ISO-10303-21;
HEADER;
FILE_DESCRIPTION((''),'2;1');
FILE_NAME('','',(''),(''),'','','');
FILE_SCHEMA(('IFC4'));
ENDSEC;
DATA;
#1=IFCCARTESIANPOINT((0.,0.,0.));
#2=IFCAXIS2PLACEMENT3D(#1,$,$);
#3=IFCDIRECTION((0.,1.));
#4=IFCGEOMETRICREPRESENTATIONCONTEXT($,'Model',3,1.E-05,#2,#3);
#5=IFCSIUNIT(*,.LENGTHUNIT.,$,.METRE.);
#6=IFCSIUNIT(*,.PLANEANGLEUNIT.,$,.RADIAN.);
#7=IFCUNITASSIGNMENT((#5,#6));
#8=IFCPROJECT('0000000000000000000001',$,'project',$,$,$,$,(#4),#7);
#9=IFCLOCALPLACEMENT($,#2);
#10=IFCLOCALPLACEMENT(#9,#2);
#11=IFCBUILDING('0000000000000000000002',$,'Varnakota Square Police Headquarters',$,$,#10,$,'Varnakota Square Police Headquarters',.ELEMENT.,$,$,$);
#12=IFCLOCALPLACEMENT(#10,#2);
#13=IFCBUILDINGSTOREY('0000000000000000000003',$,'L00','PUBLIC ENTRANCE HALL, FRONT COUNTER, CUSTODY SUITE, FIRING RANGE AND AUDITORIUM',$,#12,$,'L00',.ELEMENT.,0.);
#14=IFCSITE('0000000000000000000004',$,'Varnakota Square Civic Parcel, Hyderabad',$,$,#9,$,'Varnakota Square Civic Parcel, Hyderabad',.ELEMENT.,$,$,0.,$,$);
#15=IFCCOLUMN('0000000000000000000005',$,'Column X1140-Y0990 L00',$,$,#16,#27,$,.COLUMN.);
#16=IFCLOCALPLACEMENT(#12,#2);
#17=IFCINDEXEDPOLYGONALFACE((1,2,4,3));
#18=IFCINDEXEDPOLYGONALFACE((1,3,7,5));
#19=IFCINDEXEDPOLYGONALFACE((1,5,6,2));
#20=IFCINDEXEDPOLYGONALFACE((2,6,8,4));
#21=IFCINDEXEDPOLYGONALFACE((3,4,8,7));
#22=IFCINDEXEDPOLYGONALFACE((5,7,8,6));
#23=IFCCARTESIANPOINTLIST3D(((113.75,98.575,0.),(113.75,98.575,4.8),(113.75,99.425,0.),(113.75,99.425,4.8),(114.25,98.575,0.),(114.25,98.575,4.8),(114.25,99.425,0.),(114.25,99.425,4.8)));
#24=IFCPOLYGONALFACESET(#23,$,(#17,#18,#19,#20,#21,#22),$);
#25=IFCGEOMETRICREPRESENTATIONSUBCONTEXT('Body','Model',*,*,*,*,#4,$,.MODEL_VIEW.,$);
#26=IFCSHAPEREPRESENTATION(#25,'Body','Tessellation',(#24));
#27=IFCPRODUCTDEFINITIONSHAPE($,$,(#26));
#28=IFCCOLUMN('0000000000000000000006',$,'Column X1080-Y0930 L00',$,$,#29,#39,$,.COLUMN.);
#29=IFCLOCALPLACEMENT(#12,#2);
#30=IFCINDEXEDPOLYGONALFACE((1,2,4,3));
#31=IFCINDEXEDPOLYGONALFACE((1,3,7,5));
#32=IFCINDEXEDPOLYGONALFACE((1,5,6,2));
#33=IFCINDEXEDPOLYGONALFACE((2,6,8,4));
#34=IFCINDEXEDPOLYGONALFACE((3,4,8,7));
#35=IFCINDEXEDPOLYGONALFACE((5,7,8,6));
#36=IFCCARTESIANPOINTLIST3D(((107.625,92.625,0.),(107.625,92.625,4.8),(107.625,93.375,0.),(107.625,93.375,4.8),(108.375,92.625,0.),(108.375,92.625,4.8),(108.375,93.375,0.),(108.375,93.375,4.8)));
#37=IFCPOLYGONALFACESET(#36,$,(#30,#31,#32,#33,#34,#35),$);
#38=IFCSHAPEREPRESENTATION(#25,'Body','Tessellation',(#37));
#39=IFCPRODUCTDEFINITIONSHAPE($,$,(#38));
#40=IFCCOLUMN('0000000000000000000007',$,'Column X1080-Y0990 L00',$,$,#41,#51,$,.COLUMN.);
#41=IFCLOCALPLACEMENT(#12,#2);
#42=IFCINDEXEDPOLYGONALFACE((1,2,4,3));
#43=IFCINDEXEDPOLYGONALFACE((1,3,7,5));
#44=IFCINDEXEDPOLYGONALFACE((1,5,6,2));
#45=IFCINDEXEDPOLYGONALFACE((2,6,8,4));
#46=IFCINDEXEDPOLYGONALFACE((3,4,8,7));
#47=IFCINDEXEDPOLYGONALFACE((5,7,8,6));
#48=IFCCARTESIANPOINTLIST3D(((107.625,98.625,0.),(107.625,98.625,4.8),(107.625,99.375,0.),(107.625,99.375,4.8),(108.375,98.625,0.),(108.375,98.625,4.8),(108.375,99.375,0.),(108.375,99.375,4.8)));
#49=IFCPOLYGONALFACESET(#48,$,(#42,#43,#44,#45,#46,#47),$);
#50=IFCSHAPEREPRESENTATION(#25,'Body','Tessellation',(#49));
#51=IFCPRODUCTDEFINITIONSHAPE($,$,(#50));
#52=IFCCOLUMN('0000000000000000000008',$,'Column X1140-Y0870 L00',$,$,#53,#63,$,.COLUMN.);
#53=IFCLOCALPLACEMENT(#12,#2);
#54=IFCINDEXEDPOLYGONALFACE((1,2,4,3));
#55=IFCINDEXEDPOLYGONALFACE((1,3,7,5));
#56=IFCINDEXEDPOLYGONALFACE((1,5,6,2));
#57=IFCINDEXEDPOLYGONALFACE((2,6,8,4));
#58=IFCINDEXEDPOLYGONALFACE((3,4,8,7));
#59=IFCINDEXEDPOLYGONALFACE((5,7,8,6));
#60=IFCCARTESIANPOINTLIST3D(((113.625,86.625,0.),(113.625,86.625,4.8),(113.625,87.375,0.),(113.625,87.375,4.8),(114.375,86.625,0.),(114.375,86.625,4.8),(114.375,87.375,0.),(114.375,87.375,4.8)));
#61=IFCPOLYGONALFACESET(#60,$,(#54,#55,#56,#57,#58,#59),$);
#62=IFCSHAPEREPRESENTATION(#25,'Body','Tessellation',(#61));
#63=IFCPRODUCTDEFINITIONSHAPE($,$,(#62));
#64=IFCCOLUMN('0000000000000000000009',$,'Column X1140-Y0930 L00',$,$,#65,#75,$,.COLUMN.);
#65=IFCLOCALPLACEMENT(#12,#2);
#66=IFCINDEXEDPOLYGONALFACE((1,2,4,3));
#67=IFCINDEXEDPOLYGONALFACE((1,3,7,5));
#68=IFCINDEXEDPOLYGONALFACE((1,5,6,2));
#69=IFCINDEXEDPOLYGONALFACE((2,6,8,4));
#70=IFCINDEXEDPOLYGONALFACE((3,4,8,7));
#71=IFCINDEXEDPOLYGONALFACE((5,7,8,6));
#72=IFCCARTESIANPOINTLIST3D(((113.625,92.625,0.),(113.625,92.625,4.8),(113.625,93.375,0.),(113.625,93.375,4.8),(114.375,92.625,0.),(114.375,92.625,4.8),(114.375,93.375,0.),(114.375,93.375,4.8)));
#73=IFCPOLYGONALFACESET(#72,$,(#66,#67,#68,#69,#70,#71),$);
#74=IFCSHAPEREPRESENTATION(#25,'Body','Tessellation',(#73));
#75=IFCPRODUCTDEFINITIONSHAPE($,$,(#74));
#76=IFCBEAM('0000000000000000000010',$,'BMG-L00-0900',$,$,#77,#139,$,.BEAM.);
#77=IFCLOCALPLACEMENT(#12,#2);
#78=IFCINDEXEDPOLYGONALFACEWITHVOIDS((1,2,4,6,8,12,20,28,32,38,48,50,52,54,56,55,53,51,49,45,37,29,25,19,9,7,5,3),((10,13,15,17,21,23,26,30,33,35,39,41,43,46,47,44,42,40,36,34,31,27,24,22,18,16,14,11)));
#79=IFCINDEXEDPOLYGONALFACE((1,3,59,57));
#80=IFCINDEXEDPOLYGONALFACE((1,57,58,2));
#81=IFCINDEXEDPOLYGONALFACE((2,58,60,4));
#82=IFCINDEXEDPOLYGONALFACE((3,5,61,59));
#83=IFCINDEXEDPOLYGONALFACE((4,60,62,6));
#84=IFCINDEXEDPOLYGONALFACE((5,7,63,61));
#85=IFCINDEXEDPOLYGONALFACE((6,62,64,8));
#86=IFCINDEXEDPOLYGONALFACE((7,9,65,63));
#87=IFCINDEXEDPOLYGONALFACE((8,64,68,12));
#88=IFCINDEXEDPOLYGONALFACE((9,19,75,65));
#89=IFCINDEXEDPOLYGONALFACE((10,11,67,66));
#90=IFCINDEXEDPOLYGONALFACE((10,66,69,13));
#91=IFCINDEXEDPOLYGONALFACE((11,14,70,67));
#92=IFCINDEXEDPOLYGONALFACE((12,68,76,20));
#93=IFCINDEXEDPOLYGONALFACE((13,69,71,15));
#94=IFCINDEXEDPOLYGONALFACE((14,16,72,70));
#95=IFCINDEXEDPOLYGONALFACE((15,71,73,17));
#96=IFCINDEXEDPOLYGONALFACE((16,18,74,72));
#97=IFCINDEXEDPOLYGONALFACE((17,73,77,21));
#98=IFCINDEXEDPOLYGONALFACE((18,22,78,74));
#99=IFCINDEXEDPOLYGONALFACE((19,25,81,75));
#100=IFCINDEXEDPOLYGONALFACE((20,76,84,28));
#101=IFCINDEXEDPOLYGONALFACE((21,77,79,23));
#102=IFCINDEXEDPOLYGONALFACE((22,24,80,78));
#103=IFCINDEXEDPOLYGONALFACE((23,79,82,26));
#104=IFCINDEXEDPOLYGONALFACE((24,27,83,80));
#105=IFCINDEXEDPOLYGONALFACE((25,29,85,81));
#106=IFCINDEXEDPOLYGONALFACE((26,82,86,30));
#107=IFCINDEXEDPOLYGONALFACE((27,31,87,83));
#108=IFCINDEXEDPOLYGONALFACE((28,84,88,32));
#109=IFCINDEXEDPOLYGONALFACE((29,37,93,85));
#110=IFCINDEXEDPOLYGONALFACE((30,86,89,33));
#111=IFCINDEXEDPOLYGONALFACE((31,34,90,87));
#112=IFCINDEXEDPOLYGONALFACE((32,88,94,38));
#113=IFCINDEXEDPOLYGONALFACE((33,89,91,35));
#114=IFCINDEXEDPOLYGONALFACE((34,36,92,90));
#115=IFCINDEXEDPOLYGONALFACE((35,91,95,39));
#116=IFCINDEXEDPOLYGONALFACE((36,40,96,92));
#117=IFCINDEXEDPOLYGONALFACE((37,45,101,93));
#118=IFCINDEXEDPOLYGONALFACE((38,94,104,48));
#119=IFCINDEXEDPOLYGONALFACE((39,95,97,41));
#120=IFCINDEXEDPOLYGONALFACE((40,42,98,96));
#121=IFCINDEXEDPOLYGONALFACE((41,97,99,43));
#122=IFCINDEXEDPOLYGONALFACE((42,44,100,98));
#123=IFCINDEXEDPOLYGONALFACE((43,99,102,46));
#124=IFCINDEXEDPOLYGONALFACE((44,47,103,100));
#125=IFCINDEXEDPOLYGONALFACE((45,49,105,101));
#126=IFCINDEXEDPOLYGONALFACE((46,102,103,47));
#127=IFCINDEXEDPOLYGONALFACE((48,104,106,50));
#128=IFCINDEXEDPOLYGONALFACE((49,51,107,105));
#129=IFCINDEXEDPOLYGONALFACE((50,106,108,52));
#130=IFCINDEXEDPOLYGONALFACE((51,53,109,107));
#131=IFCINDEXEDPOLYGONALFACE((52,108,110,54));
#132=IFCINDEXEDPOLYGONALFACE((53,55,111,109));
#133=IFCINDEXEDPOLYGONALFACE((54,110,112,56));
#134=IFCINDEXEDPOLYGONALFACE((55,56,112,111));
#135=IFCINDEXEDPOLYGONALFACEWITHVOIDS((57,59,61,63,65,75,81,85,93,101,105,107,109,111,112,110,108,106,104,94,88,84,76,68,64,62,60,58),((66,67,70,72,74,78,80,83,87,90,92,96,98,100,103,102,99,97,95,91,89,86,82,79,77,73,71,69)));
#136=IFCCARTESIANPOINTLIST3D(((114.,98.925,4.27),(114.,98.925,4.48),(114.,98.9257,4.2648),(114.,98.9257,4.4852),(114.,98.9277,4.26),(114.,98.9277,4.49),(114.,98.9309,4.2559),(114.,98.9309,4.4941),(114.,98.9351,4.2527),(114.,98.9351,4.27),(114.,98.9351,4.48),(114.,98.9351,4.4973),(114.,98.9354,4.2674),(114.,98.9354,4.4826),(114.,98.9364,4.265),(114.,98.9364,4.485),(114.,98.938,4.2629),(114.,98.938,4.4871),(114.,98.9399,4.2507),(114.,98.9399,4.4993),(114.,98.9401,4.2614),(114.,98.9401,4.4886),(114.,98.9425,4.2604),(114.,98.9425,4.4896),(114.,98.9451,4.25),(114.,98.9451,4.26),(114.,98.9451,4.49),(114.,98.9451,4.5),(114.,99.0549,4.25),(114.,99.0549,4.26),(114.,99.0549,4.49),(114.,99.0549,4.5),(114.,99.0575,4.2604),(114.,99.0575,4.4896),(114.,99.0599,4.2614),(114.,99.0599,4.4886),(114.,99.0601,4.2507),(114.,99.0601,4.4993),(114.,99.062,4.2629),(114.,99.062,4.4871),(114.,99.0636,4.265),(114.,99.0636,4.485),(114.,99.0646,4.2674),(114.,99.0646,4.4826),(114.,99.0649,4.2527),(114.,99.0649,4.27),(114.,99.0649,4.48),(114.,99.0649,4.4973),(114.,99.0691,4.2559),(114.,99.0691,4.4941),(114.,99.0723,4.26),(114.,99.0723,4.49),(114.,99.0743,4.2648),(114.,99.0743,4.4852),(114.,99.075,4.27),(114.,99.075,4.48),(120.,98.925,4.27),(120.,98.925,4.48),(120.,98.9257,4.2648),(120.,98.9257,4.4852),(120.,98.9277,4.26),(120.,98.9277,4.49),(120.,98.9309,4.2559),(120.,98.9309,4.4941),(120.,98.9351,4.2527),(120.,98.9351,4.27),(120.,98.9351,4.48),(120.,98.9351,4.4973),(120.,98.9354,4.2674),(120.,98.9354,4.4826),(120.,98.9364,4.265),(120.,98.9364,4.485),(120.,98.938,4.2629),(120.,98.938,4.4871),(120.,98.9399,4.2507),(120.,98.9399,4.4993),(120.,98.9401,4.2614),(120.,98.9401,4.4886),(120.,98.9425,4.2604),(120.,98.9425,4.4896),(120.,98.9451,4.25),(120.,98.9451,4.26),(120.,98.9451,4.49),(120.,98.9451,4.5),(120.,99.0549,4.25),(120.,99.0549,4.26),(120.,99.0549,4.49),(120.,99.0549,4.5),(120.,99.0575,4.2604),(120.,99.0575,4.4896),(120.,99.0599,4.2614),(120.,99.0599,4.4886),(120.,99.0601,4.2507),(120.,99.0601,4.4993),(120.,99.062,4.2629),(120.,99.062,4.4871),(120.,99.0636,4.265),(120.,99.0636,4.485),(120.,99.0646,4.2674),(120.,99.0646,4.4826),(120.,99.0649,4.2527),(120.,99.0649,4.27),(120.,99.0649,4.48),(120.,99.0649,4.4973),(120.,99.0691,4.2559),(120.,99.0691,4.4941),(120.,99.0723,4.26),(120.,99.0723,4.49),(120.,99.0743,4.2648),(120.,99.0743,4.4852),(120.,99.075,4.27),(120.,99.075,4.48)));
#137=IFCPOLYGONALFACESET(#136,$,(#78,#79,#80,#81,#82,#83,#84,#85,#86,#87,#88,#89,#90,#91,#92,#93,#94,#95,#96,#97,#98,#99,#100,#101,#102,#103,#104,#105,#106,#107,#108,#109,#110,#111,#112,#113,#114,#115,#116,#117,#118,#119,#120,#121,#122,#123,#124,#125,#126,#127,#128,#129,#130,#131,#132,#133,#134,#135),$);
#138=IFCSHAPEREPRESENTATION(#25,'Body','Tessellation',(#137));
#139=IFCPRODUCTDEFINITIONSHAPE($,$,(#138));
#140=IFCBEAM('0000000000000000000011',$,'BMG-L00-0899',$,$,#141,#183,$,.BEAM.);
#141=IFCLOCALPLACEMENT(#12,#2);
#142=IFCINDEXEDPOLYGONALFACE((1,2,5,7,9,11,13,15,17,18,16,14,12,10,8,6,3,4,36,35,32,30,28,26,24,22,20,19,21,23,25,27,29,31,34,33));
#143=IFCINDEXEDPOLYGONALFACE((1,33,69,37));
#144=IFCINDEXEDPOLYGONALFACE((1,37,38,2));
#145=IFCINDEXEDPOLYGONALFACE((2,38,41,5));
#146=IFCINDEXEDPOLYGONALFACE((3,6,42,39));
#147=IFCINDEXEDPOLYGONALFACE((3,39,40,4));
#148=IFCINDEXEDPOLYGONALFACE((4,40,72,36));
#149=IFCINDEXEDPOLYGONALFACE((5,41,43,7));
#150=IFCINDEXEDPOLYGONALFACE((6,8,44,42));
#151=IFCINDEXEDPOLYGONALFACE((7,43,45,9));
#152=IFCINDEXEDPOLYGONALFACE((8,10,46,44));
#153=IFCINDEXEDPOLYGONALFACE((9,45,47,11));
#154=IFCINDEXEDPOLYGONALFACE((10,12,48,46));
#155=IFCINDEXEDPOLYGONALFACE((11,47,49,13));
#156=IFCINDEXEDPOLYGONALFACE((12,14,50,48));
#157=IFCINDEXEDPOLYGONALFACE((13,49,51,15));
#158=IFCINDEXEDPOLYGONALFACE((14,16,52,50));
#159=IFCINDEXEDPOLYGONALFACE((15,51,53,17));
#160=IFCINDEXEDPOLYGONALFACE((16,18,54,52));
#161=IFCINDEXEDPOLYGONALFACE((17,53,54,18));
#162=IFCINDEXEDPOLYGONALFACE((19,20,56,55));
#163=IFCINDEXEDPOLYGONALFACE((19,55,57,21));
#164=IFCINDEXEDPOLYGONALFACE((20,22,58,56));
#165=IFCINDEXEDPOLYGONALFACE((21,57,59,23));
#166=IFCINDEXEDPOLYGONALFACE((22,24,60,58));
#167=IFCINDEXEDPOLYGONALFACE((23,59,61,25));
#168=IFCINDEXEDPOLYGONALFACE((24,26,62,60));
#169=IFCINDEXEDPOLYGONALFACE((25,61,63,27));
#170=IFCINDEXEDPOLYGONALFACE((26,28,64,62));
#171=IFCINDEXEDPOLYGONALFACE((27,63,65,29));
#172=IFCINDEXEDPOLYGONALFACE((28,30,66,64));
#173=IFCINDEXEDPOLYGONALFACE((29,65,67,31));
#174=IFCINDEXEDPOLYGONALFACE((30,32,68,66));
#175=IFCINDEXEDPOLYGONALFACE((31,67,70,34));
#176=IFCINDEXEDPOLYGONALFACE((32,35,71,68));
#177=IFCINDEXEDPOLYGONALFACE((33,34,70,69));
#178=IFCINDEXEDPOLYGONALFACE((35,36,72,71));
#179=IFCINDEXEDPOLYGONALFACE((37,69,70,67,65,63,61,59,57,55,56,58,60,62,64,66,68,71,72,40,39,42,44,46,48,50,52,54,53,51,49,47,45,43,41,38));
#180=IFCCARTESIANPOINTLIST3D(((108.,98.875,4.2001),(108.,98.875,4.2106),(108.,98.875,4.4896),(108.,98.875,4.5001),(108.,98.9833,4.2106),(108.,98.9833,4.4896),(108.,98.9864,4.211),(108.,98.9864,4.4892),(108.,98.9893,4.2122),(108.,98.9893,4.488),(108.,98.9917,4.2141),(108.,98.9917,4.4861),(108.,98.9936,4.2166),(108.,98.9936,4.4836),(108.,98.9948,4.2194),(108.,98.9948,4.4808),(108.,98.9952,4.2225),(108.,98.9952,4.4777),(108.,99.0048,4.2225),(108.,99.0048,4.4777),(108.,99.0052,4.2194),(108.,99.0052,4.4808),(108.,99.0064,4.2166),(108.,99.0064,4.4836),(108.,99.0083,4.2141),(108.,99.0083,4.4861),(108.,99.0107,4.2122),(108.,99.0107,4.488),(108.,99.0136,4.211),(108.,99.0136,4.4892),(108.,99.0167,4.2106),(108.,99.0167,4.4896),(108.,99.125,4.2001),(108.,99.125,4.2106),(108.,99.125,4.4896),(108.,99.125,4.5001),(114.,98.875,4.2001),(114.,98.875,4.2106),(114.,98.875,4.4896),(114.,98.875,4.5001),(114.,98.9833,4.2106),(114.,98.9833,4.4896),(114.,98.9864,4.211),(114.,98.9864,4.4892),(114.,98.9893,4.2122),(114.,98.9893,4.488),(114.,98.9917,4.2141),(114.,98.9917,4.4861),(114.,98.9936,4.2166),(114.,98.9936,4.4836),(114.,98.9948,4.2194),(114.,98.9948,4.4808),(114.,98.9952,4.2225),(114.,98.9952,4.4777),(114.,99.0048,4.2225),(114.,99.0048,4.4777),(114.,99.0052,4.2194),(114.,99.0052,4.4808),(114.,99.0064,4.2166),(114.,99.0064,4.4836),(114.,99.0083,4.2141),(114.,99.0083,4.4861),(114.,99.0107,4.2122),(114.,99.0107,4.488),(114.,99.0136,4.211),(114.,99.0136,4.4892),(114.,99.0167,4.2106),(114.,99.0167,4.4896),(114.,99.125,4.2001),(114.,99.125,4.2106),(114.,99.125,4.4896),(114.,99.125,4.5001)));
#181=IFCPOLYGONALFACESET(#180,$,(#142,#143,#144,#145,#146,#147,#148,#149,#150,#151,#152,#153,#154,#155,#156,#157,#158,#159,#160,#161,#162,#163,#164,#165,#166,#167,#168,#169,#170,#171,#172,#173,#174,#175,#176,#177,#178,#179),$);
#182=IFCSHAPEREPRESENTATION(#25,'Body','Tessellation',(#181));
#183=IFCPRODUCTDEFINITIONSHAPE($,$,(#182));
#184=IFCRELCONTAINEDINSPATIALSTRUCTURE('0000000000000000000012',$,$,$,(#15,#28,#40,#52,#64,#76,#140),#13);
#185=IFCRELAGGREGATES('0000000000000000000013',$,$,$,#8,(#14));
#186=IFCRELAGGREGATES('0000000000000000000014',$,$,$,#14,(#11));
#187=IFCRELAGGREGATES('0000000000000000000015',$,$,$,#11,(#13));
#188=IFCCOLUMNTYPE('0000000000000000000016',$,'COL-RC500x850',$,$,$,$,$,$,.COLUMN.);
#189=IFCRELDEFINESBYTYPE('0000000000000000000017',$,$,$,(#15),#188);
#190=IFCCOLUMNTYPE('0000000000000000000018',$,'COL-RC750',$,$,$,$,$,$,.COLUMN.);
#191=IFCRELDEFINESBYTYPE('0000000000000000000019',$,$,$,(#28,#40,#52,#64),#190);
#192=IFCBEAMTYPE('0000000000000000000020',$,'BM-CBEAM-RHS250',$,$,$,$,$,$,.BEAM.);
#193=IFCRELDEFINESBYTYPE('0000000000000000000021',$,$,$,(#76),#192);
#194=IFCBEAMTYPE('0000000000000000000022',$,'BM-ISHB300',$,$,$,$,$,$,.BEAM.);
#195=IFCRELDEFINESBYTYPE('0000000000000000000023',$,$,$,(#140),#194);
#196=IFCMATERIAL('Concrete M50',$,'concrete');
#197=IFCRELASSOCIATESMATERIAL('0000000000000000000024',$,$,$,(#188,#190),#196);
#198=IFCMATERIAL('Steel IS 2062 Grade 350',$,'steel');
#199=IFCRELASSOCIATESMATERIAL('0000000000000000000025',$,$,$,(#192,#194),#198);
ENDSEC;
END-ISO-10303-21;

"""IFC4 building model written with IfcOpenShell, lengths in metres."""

from ifc_helpers import new_model, si_unit, direction, frame, origin, origin_2d, place, context, subcontext, project, spatial, rectangle, hollow_rectangle, i_section, extrude, material, material_profile, profile_set, type_object, element, save


model = new_model("IFC4")

# Units and contexts
model_context = context("Model", 3, precision=1e-05, world=origin(), true_north=direction((0.0, 1.0)))
body_context = subcontext(model_context, "Body", "Model", "MODEL_VIEW")
ifc_project = project(units=[si_unit("LENGTHUNIT", "METRE"), si_unit("PLANEANGLEUNIT", "RADIAN")], contexts=[model_context])

# Site, building, storey
site_placement = place(None, origin())
site = spatial("IfcSite", under=ifc_project, at=site_placement, Name="Varnakota Square Civic Parcel, Hyderabad", LongName="Varnakota Square Civic Parcel, Hyderabad", CompositionType="ELEMENT", RefElevation=0.0)
building_placement = place(site_placement, origin())
building = spatial("IfcBuilding", under=site, at=building_placement, Name="Varnakota Square Police Headquarters", LongName="Varnakota Square Police Headquarters", CompositionType="ELEMENT")
storey_placement = place(building_placement, origin())
storey = spatial("IfcBuildingStorey", under=building, at=storey_placement, Name="L00", Description="PUBLIC ENTRANCE HALL, FRONT COUNTER, CUSTODY SUITE, FIRING RANGE AND AUDITORIUM", LongName="L00", CompositionType="ELEMENT", Elevation=0.0)

# Columns
ifc_material_1 = material(Name="Concrete M50", Category="concrete")
ifc_material_profile_1 = material_profile(ifc_material_1, rectangle(XDim=0.5, YDim=0.8501, at=origin_2d()), Name="RC 500x850")
ifc_profile_set_1 = profile_set([ifc_material_profile_1], Name="Concrete M50")
column_type_1 = type_object("IfcColumnType", Name="COL-RC500x850", PredefinedType="COLUMN", material=ifc_profile_set_1)
column_placement = place(storey_placement, frame((114.0, 99.0, 0.0), z_axis=(0.0, 0.0, 1.0), x_axis=(1.0, 0.0, 0.0)))
element("IfcColumn", 1, at=column_placement, inside=storey, type_object=column_type_1, Name="Column X1140-Y0990 L00", PredefinedType="COLUMN", context=body_context, shape_type="SweptSolid", body=[
    extrude(rectangle(XDim=0.5, YDim=0.8501, at=origin_2d()), origin(), (0.0, 0.0, 1.0), 4.8),
])
ifc_material_profile_2 = material_profile(ifc_material_1, rectangle(XDim=0.75, YDim=0.75, at=origin_2d()), Name="RC 750x750")
ifc_profile_set_2 = profile_set([ifc_material_profile_2], Name="Concrete M50")
column_type_2 = type_object("IfcColumnType", Name="COL-RC750", PredefinedType="COLUMN", material=ifc_profile_set_2)
for number, where, z_axis, x_axis, name in (
    (2, (108.0, 93.0, 0.0), (0.0, 0.0, 1.0), (1.0, 0.0, 0.0), "Column X1080-Y0930 L00"),
    (3, (108.0, 99.0, 0.0), (0.0, 0.0, 1.0), (1.0, 0.0, 0.0), "Column X1080-Y0990 L00"),
    (4, (114.0, 87.0, 0.0), (0.0, 0.0, 1.0), (1.0, 0.0, 0.0), "Column X1140-Y0870 L00"),
    (5, (114.0, 93.0, 0.0), (0.0, 0.0, 1.0), (1.0, 0.0, 0.0), "Column X1140-Y0930 L00"),
):
    element("IfcColumn", number, at=place(storey_placement, frame(where, z_axis=z_axis, x_axis=x_axis)), inside=storey, type_object=column_type_2, Name=name, PredefinedType="COLUMN", context=body_context, shape_type="SweptSolid", body=[
        extrude(rectangle(XDim=0.75, YDim=0.75, at=origin_2d()), origin(), (0.0, 0.0, 1.0), 4.8),
    ])

# Beams
ifc_material_2 = material(Name="Steel IS 2062 Grade 350", Category="steel")
ifc_material_profile_3 = material_profile(ifc_material_2, hollow_rectangle(XDim=0.1499, YDim=0.25, WallThickness=0.01, InnerFilletRadius=0.01, OuterFilletRadius=0.02, at=origin_2d()), Name="RHS 250x150x10")
ifc_profile_set_3 = profile_set([ifc_material_profile_3], Name="Steel IS 2062 Grade 350")
beam_type_1 = type_object("IfcBeamType", Name="BM-CBEAM-RHS250", PredefinedType="BEAM", material=ifc_profile_set_3)
beam_1_placement = place(storey_placement, frame((114.0, 99.0, 4.375), z_axis=(1.0, 0.0, 0.0), x_axis=(0.0, 1.0, 0.0)))
element("IfcBeam", 6, at=beam_1_placement, inside=storey, type_object=beam_type_1, Name="BMG-L00-0900", PredefinedType="BEAM", context=body_context, shape_type="SweptSolid", body=[
    extrude(hollow_rectangle(XDim=0.1499, YDim=0.25, WallThickness=0.01, InnerFilletRadius=0.01, OuterFilletRadius=0.02, at=origin_2d()), origin(), (0.0, 0.0, 1.0), 6.0),
])
ifc_material_profile_4 = material_profile(ifc_material_2, i_section(OverallWidth=0.25, OverallDepth=0.3, WebThickness=0.0095, FlangeThickness=0.0105, FilletRadius=0.012, at=origin_2d()), Name="ISHB 300")
ifc_profile_set_4 = profile_set([ifc_material_profile_4], Name="Steel IS 2062 Grade 350")
beam_type_2 = type_object("IfcBeamType", Name="BM-ISHB300", PredefinedType="BEAM", material=ifc_profile_set_4)
beam_2_placement = place(storey_placement, frame((108.0, 99.0, 4.3501), z_axis=(1.0, 0.0, 0.0), x_axis=(0.0, 1.0, 0.0)))
element("IfcBeam", 7, at=beam_2_placement, inside=storey, type_object=beam_type_2, Name="BMG-L00-0899", PredefinedType="BEAM", context=body_context, shape_type="SweptSolid", body=[
    extrude(i_section(OverallWidth=0.25, OverallDepth=0.3, WebThickness=0.0095, FlangeThickness=0.0105, FilletRadius=0.012, at=origin_2d()), origin(), (0.0, 0.0, 1.0), 6.0),
])

save(model, "model.ifc")
